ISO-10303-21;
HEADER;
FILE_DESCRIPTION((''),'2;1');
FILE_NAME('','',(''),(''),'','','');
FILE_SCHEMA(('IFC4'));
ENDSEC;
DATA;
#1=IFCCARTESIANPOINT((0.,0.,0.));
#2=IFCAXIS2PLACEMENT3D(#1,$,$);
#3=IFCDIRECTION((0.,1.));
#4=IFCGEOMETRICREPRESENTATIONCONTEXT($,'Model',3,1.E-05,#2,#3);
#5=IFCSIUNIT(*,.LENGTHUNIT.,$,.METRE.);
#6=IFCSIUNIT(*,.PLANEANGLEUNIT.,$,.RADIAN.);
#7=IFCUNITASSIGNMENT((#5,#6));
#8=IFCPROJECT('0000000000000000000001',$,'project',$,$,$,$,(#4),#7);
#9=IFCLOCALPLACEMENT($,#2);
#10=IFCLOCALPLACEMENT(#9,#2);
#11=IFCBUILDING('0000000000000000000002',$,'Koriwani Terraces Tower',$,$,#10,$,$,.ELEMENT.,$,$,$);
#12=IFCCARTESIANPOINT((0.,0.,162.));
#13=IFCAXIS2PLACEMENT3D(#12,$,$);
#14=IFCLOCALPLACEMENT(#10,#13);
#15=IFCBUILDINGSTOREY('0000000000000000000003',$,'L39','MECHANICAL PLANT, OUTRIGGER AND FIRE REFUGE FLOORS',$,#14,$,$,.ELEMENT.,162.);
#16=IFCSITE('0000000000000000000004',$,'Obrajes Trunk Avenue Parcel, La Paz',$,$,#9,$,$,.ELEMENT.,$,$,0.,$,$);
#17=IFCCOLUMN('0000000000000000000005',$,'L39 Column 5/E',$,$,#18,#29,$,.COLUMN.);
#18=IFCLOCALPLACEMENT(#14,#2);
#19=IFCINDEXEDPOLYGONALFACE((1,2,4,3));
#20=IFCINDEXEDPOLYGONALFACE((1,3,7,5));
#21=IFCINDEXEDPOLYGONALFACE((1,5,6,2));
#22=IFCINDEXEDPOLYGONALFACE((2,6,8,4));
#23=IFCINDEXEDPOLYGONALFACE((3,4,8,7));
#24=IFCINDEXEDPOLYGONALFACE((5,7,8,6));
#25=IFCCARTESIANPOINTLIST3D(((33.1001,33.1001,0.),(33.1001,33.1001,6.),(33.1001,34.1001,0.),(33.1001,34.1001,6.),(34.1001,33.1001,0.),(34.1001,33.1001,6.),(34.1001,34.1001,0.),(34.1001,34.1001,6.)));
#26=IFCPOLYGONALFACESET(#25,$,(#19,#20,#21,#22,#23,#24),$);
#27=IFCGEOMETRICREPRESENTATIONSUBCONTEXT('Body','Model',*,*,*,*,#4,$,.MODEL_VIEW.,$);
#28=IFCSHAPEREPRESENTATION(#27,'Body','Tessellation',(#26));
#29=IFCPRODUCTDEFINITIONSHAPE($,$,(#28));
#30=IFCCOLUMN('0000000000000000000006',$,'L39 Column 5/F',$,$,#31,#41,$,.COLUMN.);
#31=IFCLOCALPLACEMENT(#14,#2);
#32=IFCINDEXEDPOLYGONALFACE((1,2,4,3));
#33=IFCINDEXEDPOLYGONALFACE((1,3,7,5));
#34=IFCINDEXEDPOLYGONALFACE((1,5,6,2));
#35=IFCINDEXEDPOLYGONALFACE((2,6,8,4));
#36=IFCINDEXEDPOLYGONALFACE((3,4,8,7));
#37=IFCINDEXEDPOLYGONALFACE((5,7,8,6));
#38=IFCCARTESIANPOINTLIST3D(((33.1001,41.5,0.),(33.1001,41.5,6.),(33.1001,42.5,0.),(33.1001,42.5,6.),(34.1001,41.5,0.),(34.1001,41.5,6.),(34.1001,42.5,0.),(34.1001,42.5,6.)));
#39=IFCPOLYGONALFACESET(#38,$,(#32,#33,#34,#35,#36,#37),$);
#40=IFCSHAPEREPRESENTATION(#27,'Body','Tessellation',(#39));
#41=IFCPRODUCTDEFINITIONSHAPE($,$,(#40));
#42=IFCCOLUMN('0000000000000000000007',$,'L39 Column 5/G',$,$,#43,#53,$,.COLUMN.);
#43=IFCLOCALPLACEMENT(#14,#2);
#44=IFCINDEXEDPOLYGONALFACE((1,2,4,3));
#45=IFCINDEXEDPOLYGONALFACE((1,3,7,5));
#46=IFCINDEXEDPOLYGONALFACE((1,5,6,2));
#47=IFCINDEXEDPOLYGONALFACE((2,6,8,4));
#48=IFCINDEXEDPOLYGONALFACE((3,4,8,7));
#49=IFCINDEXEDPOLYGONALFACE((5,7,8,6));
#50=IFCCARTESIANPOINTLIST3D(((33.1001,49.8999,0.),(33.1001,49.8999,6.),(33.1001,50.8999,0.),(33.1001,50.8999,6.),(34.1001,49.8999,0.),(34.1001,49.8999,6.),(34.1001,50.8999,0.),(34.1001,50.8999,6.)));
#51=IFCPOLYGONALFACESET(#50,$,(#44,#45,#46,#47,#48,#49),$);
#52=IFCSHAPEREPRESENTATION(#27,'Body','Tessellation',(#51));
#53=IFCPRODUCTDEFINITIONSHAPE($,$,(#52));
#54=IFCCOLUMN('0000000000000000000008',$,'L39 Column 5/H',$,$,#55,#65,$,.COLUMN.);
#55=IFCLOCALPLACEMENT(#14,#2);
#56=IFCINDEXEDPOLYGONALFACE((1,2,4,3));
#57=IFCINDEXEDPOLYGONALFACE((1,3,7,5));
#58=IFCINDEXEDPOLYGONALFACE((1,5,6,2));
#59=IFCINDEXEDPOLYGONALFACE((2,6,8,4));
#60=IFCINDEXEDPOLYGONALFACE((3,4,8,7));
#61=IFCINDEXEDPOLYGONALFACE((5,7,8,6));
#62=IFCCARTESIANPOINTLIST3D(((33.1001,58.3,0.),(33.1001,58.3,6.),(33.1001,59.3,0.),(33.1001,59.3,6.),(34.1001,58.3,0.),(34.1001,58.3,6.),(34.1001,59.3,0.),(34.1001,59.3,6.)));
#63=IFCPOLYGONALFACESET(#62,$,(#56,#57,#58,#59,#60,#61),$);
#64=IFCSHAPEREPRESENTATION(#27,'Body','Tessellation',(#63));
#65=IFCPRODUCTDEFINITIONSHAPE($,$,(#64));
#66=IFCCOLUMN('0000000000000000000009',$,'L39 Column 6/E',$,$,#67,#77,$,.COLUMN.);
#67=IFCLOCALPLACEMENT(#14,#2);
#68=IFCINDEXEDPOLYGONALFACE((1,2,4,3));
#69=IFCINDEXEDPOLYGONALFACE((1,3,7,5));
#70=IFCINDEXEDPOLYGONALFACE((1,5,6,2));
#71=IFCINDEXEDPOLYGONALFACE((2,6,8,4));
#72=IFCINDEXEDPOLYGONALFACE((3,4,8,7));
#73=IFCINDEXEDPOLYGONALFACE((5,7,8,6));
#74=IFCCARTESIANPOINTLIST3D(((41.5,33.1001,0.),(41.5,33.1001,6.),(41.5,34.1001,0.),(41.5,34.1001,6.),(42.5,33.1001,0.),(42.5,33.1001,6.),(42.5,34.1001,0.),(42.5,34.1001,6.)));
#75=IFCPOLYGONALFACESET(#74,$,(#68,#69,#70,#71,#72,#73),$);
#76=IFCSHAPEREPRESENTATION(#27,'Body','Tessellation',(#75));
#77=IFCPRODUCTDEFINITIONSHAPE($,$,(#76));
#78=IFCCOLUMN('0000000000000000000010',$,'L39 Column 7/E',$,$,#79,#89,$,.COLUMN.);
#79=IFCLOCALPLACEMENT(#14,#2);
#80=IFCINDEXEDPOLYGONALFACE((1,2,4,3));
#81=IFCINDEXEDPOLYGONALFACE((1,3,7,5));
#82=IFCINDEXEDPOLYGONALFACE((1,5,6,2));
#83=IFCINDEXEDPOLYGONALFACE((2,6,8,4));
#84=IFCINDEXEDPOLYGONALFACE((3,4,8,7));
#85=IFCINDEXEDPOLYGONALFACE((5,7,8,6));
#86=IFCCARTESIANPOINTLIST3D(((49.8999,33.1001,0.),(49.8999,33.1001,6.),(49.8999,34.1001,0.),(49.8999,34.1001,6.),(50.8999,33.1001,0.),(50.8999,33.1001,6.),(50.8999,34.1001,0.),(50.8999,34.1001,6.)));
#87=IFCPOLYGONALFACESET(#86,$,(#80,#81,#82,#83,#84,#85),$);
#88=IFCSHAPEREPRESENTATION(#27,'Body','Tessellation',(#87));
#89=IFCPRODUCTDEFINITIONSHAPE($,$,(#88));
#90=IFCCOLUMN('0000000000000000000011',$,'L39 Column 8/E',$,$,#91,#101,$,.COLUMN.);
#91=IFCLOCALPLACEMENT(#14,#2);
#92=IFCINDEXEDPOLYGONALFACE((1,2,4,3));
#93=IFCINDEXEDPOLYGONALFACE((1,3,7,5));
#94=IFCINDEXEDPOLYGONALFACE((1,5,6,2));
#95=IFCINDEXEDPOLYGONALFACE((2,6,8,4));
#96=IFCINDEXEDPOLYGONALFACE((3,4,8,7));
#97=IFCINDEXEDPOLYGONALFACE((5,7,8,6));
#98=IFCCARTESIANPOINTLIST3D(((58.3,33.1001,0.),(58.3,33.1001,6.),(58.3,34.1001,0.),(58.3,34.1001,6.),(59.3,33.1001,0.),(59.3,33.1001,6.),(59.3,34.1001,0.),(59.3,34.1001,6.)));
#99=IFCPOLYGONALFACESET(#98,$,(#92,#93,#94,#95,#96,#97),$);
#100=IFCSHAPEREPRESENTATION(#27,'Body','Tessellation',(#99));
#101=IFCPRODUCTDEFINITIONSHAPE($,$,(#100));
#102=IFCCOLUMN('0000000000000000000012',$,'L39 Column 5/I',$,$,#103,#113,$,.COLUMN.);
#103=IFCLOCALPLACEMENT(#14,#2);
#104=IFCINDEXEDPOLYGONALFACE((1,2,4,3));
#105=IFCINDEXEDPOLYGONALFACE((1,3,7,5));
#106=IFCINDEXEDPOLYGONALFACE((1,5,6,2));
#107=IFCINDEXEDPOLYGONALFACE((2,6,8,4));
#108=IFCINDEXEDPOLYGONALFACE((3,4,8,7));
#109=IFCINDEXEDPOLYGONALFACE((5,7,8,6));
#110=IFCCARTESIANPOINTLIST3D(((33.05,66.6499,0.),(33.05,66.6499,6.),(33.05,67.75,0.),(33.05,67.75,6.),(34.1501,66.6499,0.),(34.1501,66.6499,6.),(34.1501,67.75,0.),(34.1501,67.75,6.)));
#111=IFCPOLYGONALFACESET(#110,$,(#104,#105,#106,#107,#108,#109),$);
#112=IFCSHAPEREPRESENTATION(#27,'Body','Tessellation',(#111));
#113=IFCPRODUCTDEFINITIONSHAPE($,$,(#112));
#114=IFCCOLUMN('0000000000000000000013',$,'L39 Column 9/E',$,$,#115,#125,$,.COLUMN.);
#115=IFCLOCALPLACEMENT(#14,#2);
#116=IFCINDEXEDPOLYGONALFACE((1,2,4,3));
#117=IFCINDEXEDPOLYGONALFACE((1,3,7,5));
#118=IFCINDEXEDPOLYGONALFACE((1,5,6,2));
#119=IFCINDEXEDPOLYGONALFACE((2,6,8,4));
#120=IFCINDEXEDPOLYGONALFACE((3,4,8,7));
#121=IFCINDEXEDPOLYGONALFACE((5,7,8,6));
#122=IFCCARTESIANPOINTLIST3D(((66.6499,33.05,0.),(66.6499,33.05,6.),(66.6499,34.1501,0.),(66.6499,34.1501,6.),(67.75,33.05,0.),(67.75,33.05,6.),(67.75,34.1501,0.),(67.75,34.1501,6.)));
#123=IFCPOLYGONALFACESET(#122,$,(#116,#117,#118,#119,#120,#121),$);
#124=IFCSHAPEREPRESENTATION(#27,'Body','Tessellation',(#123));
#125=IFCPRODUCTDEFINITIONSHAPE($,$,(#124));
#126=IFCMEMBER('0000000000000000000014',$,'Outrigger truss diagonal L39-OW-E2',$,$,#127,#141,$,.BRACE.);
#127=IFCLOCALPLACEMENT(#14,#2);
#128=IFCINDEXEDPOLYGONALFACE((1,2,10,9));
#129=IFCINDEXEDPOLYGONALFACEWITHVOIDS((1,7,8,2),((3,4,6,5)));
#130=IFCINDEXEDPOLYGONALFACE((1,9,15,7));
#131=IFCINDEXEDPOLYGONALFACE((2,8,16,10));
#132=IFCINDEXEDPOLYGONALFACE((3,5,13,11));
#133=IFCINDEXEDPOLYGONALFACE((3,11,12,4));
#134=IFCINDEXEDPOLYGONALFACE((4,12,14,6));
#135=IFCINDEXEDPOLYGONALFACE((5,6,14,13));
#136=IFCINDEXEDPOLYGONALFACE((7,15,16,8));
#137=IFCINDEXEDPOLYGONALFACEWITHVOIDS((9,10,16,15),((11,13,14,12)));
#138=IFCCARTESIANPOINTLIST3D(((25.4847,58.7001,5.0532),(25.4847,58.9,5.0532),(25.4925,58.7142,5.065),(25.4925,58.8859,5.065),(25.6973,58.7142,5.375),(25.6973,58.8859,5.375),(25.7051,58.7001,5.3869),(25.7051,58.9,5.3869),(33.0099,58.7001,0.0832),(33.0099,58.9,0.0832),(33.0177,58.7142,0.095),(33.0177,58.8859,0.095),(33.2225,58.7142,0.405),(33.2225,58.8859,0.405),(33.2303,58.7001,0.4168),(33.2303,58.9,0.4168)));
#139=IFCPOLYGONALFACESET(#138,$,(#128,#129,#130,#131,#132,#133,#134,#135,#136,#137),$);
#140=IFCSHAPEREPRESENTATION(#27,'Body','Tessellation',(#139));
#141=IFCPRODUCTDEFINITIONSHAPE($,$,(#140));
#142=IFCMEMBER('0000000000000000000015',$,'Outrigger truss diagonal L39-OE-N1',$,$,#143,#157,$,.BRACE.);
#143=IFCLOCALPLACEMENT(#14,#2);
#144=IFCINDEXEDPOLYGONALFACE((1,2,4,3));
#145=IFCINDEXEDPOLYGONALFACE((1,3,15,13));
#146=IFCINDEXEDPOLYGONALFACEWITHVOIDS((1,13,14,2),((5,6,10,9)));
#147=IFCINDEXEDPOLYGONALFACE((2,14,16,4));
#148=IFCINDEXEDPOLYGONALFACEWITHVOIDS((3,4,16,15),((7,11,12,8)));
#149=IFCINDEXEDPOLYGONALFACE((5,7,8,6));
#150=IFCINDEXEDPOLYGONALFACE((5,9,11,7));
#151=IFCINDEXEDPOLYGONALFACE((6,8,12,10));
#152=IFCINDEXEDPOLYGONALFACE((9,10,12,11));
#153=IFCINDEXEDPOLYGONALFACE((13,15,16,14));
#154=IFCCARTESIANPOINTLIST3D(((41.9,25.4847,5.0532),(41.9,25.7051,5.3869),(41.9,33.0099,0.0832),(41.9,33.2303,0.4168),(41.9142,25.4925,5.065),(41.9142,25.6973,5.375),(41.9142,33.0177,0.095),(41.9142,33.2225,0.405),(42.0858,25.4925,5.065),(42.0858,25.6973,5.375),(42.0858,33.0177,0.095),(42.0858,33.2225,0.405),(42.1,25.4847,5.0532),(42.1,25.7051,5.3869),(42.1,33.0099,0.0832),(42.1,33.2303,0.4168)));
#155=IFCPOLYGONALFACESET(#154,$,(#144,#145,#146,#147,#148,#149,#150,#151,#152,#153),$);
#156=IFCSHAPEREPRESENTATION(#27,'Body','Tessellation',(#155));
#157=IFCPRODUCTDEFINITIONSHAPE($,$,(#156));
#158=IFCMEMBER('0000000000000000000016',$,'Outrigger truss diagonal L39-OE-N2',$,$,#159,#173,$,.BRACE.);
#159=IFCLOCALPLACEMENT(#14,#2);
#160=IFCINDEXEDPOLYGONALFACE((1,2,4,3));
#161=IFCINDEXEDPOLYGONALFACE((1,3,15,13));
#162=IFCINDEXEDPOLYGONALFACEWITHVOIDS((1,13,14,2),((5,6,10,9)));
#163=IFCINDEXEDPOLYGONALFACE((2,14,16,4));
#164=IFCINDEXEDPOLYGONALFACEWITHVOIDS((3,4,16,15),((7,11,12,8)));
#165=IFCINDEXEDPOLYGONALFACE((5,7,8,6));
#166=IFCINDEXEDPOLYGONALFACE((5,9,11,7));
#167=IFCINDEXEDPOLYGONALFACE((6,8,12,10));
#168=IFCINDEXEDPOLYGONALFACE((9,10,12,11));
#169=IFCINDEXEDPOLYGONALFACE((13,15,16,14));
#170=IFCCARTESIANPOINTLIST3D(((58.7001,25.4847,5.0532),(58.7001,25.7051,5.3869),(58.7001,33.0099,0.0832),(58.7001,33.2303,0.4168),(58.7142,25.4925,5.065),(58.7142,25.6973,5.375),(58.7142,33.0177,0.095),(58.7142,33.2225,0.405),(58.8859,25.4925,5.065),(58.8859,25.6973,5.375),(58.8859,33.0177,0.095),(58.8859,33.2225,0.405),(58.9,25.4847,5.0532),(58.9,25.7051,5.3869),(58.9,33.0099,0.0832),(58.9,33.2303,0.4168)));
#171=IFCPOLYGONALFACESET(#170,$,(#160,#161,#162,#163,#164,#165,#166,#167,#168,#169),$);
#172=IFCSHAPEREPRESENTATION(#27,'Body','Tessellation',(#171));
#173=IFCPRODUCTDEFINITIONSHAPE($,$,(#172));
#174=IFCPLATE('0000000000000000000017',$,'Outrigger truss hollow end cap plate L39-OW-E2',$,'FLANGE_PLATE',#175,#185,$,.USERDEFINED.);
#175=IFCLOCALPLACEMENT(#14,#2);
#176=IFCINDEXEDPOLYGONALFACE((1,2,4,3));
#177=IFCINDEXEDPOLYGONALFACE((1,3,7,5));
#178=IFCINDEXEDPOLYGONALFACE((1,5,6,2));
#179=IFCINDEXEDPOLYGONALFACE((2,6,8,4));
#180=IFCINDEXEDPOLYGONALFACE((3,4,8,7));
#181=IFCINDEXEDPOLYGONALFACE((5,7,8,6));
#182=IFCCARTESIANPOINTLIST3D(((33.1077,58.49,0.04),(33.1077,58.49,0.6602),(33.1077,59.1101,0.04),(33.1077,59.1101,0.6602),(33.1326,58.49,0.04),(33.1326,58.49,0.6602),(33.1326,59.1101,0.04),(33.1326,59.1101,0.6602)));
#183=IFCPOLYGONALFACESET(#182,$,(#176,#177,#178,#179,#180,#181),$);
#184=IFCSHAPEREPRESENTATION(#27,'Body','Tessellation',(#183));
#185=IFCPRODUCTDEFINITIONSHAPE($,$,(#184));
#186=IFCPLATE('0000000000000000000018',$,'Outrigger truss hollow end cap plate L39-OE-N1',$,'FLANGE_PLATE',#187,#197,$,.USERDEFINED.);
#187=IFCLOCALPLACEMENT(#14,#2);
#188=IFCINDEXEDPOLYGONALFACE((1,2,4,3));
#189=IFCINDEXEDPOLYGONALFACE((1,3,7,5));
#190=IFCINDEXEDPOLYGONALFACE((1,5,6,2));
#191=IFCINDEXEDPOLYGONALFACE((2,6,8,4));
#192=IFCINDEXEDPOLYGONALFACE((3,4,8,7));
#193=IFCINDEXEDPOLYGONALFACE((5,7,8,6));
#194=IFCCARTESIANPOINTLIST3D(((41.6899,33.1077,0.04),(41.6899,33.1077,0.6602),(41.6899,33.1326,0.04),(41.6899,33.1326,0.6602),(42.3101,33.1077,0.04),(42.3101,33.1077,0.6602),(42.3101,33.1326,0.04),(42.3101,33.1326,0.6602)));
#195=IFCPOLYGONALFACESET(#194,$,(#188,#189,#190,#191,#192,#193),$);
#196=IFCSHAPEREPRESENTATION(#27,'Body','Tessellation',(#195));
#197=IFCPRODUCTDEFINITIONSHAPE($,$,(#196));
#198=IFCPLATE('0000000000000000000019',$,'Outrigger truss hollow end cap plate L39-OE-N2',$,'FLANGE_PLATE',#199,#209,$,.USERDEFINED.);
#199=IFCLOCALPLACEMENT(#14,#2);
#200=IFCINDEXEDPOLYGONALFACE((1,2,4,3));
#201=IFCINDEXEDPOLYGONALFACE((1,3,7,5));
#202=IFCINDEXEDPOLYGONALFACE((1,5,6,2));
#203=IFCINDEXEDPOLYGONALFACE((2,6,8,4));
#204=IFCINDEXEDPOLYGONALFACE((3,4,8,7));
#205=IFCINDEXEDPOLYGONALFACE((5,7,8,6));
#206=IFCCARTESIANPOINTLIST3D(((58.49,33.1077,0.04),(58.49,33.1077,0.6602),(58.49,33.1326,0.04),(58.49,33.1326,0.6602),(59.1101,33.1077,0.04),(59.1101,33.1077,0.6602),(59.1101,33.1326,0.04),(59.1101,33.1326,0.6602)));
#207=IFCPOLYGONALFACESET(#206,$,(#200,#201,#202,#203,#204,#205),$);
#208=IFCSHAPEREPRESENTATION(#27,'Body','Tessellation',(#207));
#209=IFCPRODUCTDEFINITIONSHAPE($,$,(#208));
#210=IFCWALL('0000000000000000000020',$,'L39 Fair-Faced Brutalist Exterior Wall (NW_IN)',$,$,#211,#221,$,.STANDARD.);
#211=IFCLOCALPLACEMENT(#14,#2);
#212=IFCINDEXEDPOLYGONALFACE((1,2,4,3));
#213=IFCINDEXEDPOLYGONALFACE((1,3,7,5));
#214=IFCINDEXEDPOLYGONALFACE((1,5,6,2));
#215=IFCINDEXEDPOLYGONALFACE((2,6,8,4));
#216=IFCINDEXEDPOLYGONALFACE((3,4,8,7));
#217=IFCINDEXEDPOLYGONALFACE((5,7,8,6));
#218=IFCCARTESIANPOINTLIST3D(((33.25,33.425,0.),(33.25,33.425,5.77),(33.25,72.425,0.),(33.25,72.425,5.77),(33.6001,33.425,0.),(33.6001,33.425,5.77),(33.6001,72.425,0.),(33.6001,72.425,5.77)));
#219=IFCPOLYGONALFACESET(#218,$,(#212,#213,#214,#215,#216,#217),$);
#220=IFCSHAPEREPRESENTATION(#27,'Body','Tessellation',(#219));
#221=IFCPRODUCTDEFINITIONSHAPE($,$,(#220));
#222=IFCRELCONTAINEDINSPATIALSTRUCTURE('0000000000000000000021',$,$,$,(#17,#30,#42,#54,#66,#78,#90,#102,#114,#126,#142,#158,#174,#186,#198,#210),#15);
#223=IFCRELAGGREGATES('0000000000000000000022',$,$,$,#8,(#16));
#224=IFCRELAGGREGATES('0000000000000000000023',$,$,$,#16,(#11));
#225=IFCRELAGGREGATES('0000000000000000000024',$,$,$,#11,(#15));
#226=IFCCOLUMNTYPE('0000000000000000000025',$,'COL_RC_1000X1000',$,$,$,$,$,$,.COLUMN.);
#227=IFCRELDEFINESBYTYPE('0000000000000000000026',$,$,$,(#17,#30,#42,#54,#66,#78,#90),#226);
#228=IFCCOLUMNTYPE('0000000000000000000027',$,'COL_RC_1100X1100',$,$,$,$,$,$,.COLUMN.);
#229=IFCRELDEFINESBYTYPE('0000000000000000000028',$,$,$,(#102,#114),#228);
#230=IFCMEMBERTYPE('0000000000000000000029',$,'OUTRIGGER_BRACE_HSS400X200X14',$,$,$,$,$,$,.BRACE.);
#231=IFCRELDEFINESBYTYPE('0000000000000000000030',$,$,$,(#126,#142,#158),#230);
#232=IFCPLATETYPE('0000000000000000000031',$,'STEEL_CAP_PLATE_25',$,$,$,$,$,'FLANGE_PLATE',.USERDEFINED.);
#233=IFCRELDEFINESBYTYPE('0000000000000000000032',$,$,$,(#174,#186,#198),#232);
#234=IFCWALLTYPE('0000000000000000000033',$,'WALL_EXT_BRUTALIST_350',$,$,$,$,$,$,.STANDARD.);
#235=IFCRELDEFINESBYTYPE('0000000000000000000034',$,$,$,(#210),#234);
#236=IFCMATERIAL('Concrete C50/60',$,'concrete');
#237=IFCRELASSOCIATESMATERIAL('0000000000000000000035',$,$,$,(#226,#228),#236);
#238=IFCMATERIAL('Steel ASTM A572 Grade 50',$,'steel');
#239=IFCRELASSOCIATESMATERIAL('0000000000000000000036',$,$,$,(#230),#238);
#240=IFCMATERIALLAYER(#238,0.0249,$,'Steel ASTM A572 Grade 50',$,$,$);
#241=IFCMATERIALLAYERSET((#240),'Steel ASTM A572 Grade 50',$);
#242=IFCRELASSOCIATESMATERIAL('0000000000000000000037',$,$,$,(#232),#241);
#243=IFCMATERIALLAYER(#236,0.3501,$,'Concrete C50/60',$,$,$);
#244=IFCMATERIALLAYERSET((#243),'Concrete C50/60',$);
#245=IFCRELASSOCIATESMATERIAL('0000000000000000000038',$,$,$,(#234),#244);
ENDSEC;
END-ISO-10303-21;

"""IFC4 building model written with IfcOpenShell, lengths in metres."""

from ifc_helpers import new_model, si_unit, direction, frame, frame_2d, origin, origin_2d, place, context, subcontext, project, spatial, rectangle, hollow_rectangle, extrude, material, layer, layer_set, material_profile, profile_set, type_object, element, save


model = new_model("IFC4")

# Units and contexts
model_context = context("Model", 3, precision=1e-05, world=origin(), true_north=direction((0.0, 1.0)))
body_context = subcontext(model_context, "Body", "Model", "MODEL_VIEW")
ifc_project = project(units=[si_unit("LENGTHUNIT", "METRE"), si_unit("PLANEANGLEUNIT", "RADIAN")], contexts=[model_context])

# Site, building, storey
site_placement = place(None, origin())
site = spatial("IfcSite", under=ifc_project, at=site_placement, Name="Obrajes Trunk Avenue Parcel, La Paz", CompositionType="ELEMENT", RefElevation=0.0)
building_placement = place(site_placement, origin())
building = spatial("IfcBuilding", under=site, at=building_placement, Name="Koriwani Terraces Tower", CompositionType="ELEMENT")
storey_placement = place(building_placement, frame((0.0, 0.0, 162.0)))
storey = spatial("IfcBuildingStorey", under=building, at=storey_placement, Name="L39", Description="MECHANICAL PLANT, OUTRIGGER AND FIRE REFUGE FLOORS", CompositionType="ELEMENT", Elevation=162.0)

# Columns
ifc_material_1 = material(Name="Concrete C50/60", Category="concrete")
ifc_material_profile_1 = material_profile(ifc_material_1, rectangle(XDim=1.0, YDim=1.0, at=origin_2d()), Name="Concrete C50/60", Category="LoadBearing")
ifc_profile_set_1 = profile_set([ifc_material_profile_1], Name="Concrete C50/60")
column_type_1 = type_object("IfcColumnType", Name="COL_RC_1000X1000", PredefinedType="COLUMN", material=ifc_profile_set_1)
for number, where, z_axis, x_axis, name in (
    (1, (33.6001, 33.6001, 0.0), (0.0, 0.0, 1.0), (1.0, 0.0, 0.0), "L39 Column 5/E"),
    (2, (33.6001, 42.0, 0.0), (0.0, 0.0, 1.0), (1.0, 0.0, 0.0), "L39 Column 5/F"),
    (3, (33.6001, 50.3999, 0.0), (0.0, 0.0, 1.0), (1.0, 0.0, 0.0), "L39 Column 5/G"),
    (4, (33.6001, 58.8, 0.0), (0.0, 0.0, 1.0), (1.0, 0.0, 0.0), "L39 Column 5/H"),
    (5, (42.0, 33.6001, 0.0), (0.0, 0.0, 1.0), (1.0, 0.0, 0.0), "L39 Column 6/E"),
    (6, (50.3999, 33.6001, 0.0), (0.0, 0.0, 1.0), (1.0, 0.0, 0.0), "L39 Column 7/E"),
    (7, (58.8, 33.6001, 0.0), (0.0, 0.0, 1.0), (1.0, 0.0, 0.0), "L39 Column 8/E"),
):
    element("IfcColumn", number, at=place(storey_placement, frame(where, z_axis=z_axis, x_axis=x_axis)), inside=storey, type_object=column_type_1, Name=name, PredefinedType="COLUMN", context=body_context, shape_type="SweptSolid", body=[
        extrude(rectangle(XDim=1.0, YDim=1.0, at=origin_2d()), origin(), (0.0, 0.0, 1.0), 6.0),
    ])
ifc_material_profile_2 = material_profile(ifc_material_1, rectangle(XDim=1.1001, YDim=1.1001, at=origin_2d()), Name="Concrete C50/60", Category="LoadBearing")
ifc_profile_set_2 = profile_set([ifc_material_profile_2], Name="Concrete C50/60")
column_type_2 = type_object("IfcColumnType", Name="COL_RC_1100X1100", PredefinedType="COLUMN", material=ifc_profile_set_2)
for number, where, z_axis, x_axis, name in (
    (8, (33.6001, 67.2, 0.0), (0.0, 0.0, 1.0), (1.0, 0.0, 0.0), "L39 Column 5/I"),
    (9, (67.2, 33.6001, 0.0), (0.0, 0.0, 1.0), (1.0, 0.0, 0.0), "L39 Column 9/E"),
):
    element("IfcColumn", number, at=place(storey_placement, frame(where, z_axis=z_axis, x_axis=x_axis)), inside=storey, type_object=column_type_2, Name=name, PredefinedType="COLUMN", context=body_context, shape_type="SweptSolid", body=[
        extrude(rectangle(XDim=1.1001, YDim=1.1001, at=origin_2d()), origin(), (0.0, 0.0, 1.0), 6.0),
    ])

# Members
ifc_material_2 = material(Name="Steel ASTM A572 Grade 50", Category="steel")
ifc_material_profile_3 = material_profile(ifc_material_2, hollow_rectangle(XDim=0.2, YDim=0.3999, WallThickness=0.0142, at=origin_2d()), Name="Steel ASTM A572 Grade 50", Category="LoadBearing")
ifc_profile_set_3 = profile_set([ifc_material_profile_3], Name="Steel ASTM A572 Grade 50")
member_type = type_object("IfcMemberType", Name="OUTRIGGER_BRACE_HSS400X200X14", PredefinedType="BRACE", material=ifc_profile_set_3)
for number, where, z_axis, x_axis, name in (
    (10, (33.1201, 58.8, 0.25), (-0.834437, 0.0, 0.551103), (0.0, -1.0, 0.0), "Outrigger truss diagonal L39-OW-E2"),
    (11, (42.0, 33.1201, 0.25), (0.0, -0.834437, 0.551103), (1.0, 0.0, 0.0), "Outrigger truss diagonal L39-OE-N1"),
    (12, (58.8, 33.1201, 0.25), (0.0, -0.834437, 0.551103), (1.0, 0.0, 0.0), "Outrigger truss diagonal L39-OE-N2"),
):
    element("IfcMember", number, at=place(storey_placement, frame(where, z_axis=z_axis, x_axis=x_axis)), inside=storey, type_object=member_type, Name=name, PredefinedType="BRACE", context=body_context, shape_type="SweptSolid", body=[
        extrude(hollow_rectangle(XDim=0.2, YDim=0.3999, WallThickness=0.0142, at=origin_2d()), origin(), (0.0, 0.0, 1.0), 9.0183),
    ])

# Plates
ifc_layer_1 = layer(ifc_material_2, 0.0249, Name="Steel ASTM A572 Grade 50")
ifc_layer_set_1 = layer_set([ifc_layer_1], Name="Steel ASTM A572 Grade 50")
plate_type = type_object("IfcPlateType", Name="STEEL_CAP_PLATE_25", ElementType="FLANGE_PLATE", PredefinedType="USERDEFINED", material=ifc_layer_set_1)
for number, where, z_axis, x_axis, name in (
    (13, (33.1201, 58.8, 0.04), (0.0, 0.0, 1.0), (-1.0, 0.0, 0.0), "Outrigger truss hollow end cap plate L39-OW-E2"),
    (14, (42.0, 33.1201, 0.04), (0.0, 0.0, 1.0), (0.0, -1.0, 0.0), "Outrigger truss hollow end cap plate L39-OE-N1"),
    (15, (58.8, 33.1201, 0.04), (0.0, 0.0, 1.0), (0.0, -1.0, 0.0), "Outrigger truss hollow end cap plate L39-OE-N2"),
):
    element("IfcPlate", number, at=place(storey_placement, frame(where, z_axis=z_axis, x_axis=x_axis)), inside=storey, type_object=plate_type, Name=name, ObjectType="FLANGE_PLATE", PredefinedType="USERDEFINED", context=body_context, shape_type="SweptSolid", body=[
        extrude(rectangle(XDim=0.0249, YDim=0.6201, at=origin_2d()), origin(), (0.0, 0.0, 1.0), 0.6201),
    ])

# Wall
ifc_layer_2 = layer(ifc_material_1, 0.3501, Name="Concrete C50/60")
ifc_layer_set_2 = layer_set([ifc_layer_2], Name="Concrete C50/60")
wall_type_1 = type_object("IfcWallType", Name="WALL_EXT_BRUTALIST_350", PredefinedType="STANDARD", material=ifc_layer_set_2)
for number, where, z_axis, x_axis, name in (
    (16, (33.425, 72.425, 0.0), (0.0, 0.0, 1.0), (0.0, -1.0, 0.0), "L39 Fair-Faced Brutalist Exterior Wall (NW_IN)"),
):
    element("IfcWall", number, at=place(storey_placement, frame(where, z_axis=z_axis, x_axis=x_axis)), inside=storey, type_object=wall_type_1, Name=name, PredefinedType="STANDARD", context=body_context, shape_type="SweptSolid", body=[
        extrude(rectangle(XDim=39.0, YDim=0.3501, at=frame_2d((19.5, 0.0))), origin(), (0.0, 0.0, 1.0), 5.77),
    ])

save(model, "model.ifc")
